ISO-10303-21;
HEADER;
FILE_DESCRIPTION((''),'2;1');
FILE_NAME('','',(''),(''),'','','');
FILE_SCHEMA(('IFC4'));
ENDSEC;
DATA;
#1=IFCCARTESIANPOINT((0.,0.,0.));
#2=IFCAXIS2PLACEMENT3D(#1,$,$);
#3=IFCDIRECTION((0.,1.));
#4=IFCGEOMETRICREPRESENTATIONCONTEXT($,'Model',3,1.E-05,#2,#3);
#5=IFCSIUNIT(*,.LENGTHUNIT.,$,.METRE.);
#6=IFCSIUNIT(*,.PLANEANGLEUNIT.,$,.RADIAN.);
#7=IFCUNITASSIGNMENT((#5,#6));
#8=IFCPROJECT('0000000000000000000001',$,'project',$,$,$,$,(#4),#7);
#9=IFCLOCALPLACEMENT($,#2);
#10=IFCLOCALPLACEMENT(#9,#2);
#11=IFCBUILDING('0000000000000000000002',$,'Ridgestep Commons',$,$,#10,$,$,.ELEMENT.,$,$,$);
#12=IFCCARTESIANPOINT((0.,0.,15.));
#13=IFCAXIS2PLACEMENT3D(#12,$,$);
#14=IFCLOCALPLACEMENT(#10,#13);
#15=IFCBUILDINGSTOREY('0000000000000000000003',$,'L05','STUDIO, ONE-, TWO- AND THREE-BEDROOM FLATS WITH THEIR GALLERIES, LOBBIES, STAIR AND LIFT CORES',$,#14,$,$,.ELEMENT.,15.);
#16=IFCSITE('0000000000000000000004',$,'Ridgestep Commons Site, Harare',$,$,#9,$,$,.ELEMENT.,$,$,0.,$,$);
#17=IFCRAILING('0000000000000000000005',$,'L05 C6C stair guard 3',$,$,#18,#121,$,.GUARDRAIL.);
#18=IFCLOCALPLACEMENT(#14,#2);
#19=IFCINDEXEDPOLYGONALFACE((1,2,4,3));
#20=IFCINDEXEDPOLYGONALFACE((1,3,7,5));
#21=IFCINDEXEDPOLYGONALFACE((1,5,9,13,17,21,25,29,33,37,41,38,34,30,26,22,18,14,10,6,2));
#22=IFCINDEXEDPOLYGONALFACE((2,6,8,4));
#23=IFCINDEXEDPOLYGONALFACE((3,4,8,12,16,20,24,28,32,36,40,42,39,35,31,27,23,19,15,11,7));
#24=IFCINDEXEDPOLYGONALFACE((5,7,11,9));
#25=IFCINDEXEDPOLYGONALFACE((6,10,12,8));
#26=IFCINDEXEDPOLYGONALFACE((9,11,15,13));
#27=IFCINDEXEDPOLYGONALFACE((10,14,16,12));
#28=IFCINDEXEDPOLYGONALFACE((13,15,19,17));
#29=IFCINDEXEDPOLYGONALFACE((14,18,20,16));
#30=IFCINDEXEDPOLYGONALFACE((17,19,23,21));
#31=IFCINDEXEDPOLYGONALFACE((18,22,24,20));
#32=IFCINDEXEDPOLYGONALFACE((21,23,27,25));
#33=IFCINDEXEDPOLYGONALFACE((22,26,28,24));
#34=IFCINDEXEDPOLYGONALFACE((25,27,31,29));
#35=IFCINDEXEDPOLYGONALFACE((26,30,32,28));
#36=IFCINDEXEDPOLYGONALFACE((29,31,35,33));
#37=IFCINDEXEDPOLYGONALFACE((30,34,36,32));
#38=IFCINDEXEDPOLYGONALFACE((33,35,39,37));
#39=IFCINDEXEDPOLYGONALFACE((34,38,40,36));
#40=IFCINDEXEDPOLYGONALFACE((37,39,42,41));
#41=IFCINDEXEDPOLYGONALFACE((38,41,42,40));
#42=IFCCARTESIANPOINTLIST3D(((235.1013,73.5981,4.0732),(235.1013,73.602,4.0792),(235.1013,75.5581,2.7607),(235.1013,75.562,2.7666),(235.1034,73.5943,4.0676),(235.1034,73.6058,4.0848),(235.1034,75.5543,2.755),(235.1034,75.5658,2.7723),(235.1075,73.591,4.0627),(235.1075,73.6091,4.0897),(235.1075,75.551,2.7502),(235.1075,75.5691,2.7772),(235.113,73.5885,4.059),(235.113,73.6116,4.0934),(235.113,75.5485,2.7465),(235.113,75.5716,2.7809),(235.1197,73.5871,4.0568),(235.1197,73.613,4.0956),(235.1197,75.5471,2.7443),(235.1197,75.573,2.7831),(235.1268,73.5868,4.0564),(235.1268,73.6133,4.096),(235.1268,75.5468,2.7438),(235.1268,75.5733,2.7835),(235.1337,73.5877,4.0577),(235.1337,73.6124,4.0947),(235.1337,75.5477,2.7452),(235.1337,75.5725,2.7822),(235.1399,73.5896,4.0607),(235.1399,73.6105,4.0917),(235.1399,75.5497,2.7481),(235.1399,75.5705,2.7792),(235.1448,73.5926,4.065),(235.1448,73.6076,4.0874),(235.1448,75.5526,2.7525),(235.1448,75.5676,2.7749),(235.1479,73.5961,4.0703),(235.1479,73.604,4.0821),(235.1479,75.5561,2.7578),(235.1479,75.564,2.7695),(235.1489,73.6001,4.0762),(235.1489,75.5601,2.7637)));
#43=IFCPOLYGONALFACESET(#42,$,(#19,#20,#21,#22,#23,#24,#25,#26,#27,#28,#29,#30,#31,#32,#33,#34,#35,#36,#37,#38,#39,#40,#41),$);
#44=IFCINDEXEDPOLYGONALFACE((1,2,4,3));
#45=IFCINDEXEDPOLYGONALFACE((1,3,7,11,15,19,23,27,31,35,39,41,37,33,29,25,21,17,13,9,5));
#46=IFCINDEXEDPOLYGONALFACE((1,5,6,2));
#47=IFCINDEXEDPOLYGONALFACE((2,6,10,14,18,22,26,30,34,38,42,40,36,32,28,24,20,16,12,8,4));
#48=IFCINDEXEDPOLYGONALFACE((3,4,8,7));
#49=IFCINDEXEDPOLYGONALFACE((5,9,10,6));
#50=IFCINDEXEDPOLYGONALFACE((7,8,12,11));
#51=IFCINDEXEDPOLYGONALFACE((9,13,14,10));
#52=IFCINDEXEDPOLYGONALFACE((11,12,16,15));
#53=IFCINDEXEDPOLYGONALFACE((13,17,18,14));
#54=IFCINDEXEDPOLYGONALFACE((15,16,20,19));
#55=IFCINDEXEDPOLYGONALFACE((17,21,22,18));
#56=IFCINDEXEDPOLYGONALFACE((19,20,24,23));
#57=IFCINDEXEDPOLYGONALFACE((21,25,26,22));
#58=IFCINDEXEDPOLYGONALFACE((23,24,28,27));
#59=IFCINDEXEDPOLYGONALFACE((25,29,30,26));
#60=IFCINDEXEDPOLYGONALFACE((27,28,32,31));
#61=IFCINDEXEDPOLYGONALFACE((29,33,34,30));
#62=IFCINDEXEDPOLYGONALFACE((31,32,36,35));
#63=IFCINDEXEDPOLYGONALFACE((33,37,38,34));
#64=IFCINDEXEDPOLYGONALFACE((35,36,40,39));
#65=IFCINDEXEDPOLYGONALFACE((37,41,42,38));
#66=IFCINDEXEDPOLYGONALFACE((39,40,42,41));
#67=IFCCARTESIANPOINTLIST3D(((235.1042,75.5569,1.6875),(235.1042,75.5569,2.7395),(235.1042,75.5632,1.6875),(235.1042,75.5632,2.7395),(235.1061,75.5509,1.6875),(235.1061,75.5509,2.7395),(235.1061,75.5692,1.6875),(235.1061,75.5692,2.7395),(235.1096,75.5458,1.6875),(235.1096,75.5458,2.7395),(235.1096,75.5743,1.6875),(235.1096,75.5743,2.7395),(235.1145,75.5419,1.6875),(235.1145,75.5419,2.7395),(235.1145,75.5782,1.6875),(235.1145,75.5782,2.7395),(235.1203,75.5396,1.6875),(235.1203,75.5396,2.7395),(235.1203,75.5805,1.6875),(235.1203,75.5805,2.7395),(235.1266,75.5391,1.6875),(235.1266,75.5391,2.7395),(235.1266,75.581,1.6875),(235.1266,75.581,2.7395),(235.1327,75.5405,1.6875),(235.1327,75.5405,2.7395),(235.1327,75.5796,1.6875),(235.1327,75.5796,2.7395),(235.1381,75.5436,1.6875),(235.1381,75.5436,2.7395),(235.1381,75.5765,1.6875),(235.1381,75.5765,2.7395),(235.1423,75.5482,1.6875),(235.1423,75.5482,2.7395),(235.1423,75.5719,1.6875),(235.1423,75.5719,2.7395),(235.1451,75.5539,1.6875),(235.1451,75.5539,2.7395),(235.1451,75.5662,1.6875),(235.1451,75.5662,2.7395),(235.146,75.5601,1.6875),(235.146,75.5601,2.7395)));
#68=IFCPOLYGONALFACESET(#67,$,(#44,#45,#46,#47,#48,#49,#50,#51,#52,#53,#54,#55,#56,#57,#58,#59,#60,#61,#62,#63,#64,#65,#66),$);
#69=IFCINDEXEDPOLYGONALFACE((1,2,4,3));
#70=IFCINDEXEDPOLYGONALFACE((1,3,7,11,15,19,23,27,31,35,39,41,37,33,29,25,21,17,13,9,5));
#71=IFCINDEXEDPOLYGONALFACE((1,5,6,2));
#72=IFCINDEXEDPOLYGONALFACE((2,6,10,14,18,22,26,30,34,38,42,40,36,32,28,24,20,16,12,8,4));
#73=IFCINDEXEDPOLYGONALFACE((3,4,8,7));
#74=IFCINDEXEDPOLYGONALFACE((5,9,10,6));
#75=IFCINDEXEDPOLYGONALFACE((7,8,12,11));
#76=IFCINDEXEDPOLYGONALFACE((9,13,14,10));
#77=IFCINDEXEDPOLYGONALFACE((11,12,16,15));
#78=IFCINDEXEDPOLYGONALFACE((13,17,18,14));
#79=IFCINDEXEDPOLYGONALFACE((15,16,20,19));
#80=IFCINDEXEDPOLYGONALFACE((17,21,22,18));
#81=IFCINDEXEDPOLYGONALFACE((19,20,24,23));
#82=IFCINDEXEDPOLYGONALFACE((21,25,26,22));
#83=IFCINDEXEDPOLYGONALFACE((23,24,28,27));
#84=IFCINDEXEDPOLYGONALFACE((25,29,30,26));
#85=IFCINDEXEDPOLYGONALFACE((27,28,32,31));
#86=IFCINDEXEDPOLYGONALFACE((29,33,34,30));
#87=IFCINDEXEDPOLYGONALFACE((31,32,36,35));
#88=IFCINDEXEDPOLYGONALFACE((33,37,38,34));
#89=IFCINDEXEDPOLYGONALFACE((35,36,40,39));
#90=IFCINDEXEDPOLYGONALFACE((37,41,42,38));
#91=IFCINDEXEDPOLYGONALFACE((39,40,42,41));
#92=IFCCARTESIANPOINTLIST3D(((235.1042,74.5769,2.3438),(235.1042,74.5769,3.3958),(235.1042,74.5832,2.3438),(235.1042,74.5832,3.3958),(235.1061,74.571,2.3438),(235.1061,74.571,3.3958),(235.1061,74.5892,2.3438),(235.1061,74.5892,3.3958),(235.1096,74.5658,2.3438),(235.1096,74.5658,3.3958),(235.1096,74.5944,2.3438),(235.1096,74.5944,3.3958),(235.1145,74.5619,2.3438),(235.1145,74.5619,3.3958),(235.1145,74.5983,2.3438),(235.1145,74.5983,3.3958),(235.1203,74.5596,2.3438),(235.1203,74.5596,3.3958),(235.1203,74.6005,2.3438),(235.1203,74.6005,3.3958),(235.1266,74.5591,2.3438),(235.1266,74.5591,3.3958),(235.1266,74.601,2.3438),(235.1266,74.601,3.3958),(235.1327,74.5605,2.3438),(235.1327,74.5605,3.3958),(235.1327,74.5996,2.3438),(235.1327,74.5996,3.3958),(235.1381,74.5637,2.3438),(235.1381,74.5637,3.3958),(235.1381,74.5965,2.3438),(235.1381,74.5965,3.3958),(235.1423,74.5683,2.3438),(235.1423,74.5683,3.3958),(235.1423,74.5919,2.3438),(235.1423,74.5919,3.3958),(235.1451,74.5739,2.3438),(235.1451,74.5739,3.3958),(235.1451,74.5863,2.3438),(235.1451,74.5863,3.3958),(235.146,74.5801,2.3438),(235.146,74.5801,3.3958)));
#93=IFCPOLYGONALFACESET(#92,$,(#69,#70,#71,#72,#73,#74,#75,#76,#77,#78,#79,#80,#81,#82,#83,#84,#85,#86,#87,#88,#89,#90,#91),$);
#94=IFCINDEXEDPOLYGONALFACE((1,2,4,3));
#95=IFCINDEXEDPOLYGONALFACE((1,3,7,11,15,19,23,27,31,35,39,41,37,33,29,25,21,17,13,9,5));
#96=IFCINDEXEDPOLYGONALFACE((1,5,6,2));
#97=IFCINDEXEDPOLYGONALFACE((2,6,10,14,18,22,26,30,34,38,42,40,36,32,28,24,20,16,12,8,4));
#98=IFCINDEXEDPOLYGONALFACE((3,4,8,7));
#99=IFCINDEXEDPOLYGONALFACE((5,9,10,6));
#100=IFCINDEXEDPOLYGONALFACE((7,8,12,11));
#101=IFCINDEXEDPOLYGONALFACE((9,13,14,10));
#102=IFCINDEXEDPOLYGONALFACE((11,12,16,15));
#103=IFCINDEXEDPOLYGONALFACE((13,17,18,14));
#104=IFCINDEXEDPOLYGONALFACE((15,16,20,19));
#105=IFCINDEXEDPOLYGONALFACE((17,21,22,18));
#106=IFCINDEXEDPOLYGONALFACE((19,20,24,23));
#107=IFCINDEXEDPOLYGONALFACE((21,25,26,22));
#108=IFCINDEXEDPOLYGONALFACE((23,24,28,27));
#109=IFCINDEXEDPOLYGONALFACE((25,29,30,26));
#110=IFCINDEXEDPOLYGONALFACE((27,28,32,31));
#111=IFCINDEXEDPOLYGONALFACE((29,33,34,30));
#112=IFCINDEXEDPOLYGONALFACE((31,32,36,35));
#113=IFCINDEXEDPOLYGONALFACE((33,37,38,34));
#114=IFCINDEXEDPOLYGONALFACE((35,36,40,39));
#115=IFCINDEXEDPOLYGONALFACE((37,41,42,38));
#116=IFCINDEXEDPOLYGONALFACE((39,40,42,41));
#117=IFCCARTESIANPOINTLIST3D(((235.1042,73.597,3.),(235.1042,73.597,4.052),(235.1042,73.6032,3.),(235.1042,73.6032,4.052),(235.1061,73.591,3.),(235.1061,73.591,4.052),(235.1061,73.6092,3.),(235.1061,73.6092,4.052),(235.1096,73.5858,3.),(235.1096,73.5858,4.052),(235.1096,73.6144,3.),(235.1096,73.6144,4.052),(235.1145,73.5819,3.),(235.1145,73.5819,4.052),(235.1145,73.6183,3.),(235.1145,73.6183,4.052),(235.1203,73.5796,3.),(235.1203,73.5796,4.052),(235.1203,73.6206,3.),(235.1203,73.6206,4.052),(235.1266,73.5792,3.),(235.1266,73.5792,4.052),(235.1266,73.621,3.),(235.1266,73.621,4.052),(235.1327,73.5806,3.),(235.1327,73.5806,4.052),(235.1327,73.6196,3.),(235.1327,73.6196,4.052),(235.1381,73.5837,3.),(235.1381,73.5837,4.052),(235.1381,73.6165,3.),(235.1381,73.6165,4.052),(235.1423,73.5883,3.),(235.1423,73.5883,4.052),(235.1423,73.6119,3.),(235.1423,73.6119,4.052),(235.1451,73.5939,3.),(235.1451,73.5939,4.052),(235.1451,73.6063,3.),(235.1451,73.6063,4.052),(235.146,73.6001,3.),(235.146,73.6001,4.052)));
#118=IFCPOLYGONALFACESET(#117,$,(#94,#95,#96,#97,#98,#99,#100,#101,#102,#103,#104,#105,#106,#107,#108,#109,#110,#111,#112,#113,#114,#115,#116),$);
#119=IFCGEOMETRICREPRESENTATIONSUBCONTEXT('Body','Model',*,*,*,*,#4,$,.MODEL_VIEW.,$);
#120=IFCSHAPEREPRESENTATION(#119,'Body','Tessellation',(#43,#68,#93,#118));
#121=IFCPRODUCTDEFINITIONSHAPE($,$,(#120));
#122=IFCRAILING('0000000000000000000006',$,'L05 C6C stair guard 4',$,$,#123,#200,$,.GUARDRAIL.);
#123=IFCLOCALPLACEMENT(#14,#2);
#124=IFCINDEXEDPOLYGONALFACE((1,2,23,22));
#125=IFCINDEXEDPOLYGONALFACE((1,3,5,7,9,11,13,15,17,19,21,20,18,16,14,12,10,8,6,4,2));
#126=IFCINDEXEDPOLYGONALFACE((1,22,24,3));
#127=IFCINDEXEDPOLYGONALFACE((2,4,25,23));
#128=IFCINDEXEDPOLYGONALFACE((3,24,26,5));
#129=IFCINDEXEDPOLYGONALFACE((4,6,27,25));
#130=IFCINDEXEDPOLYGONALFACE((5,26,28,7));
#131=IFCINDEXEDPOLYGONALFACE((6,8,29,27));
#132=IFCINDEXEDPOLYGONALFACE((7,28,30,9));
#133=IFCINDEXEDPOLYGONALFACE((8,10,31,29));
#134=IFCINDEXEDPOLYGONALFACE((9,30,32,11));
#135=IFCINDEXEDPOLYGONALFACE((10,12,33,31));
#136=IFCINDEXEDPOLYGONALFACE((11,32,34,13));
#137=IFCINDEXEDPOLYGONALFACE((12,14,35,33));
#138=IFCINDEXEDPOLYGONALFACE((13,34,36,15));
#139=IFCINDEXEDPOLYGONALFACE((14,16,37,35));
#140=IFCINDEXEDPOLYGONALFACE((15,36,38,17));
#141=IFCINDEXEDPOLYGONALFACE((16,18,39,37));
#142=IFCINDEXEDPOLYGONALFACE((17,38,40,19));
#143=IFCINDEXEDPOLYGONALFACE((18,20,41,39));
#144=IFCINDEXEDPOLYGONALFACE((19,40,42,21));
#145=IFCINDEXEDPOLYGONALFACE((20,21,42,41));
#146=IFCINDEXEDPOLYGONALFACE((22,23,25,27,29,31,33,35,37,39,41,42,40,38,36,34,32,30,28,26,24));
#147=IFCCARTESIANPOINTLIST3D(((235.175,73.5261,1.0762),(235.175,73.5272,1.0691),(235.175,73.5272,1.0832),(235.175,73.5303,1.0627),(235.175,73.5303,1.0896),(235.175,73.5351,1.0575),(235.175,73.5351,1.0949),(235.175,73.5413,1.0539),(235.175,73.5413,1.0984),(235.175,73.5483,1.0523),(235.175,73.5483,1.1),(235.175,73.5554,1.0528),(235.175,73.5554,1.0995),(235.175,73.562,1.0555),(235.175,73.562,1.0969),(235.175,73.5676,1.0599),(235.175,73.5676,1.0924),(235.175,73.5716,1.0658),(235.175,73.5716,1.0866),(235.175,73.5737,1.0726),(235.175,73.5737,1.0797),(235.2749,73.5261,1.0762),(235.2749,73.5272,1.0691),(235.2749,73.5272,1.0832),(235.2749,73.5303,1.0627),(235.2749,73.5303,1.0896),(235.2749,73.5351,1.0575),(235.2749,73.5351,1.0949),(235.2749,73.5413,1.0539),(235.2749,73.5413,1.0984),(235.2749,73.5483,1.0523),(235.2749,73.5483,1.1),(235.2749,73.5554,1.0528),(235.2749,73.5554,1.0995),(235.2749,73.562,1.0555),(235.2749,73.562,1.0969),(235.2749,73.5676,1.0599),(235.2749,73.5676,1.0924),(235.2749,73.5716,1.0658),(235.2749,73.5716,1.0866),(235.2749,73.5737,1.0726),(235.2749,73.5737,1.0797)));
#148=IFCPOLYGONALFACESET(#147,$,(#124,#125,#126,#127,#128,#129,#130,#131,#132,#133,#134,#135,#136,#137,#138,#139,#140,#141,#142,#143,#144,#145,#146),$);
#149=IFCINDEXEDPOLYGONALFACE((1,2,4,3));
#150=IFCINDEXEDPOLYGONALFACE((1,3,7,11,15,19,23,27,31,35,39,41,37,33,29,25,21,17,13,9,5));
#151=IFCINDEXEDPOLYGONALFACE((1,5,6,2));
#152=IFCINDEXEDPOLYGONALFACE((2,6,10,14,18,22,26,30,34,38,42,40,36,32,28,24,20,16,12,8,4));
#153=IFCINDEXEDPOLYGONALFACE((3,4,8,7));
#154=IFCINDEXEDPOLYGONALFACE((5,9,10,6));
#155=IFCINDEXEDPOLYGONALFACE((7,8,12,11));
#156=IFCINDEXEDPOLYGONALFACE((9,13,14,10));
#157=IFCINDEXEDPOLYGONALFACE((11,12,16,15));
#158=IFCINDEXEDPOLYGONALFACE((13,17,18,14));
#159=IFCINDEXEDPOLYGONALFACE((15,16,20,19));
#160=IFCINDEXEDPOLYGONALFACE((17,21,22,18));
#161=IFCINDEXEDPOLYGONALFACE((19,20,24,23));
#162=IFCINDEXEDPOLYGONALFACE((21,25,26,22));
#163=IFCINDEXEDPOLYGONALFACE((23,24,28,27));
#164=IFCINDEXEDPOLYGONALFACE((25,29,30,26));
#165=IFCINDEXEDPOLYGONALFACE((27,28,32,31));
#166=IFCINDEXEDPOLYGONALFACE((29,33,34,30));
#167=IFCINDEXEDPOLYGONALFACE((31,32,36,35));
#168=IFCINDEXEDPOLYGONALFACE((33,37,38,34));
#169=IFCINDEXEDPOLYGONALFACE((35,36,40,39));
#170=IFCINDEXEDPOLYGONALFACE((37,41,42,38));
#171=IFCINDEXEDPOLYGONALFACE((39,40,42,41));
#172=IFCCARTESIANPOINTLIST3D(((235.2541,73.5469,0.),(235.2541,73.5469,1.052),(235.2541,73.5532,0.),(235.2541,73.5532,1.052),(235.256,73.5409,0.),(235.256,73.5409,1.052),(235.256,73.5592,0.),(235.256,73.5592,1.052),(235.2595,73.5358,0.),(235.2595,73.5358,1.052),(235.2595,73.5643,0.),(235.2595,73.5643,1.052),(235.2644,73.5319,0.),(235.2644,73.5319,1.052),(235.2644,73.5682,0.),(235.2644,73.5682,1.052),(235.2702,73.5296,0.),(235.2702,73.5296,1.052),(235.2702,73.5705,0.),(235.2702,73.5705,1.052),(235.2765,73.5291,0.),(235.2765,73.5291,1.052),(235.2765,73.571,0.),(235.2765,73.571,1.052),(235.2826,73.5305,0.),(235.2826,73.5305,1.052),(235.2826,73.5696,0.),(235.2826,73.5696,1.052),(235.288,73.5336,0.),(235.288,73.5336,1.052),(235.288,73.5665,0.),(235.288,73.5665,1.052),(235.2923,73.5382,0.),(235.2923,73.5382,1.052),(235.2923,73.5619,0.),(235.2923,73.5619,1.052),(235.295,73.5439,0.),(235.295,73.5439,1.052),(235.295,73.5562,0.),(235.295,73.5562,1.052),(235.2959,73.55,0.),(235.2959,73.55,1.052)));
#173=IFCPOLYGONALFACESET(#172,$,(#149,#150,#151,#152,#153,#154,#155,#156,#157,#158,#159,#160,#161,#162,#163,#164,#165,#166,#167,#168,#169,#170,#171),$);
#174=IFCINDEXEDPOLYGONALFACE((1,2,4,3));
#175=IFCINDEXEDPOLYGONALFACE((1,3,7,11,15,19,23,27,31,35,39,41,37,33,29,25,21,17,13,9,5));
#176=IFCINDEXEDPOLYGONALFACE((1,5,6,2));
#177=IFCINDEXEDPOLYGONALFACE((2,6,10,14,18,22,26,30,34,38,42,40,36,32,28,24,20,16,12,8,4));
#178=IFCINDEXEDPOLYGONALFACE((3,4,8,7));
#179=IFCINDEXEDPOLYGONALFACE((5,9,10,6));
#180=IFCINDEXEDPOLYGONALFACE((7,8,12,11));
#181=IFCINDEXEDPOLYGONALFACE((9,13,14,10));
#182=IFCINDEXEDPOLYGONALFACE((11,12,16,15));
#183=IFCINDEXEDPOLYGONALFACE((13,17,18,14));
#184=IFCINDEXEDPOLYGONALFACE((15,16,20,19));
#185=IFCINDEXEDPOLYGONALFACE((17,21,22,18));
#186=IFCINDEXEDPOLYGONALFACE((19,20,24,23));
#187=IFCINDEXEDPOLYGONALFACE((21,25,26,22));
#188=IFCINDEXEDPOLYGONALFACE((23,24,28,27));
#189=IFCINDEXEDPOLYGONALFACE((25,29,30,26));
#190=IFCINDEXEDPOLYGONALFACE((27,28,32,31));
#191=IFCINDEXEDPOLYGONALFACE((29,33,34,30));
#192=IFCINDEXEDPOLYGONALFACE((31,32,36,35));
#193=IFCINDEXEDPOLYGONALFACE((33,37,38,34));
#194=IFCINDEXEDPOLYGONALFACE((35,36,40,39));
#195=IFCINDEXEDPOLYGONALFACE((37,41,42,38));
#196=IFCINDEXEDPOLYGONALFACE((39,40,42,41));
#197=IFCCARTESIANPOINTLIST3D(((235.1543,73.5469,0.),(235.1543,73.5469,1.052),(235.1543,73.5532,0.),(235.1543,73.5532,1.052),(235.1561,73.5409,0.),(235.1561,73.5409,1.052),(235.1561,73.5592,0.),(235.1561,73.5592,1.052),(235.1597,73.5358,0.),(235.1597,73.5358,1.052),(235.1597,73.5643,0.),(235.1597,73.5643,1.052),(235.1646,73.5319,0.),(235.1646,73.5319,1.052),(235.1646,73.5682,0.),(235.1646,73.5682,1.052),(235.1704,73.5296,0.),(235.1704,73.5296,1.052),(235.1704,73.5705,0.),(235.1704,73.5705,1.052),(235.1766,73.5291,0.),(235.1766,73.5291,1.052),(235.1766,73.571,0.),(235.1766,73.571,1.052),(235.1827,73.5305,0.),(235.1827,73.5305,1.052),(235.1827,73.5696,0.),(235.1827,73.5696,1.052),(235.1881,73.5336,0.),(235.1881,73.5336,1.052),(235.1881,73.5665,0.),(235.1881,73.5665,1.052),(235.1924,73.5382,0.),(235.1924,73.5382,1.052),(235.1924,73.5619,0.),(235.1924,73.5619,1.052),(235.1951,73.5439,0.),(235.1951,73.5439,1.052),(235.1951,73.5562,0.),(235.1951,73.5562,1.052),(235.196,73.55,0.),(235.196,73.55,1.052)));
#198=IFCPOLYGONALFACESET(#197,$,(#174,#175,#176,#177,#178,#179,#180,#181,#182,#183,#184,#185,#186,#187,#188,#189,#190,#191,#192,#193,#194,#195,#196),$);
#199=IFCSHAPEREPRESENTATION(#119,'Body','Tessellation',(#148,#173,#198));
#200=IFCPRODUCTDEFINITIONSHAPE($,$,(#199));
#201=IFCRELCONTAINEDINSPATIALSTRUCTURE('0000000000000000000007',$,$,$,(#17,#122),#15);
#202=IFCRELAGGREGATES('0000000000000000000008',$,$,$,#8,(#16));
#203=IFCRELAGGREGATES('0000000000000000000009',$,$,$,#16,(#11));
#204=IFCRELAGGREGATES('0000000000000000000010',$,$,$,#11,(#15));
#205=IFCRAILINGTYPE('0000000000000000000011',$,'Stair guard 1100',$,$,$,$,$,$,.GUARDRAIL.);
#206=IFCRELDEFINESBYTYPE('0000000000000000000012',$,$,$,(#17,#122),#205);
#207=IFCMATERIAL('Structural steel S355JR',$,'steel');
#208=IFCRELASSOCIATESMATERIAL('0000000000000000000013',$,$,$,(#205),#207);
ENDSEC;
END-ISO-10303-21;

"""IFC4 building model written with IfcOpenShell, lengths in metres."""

from ifc_helpers import new_model, si_unit, direction, frame, origin, origin_2d, place, context, subcontext, project, spatial, circle, extrude, material, type_object, element, save


model = new_model("IFC4")

# Units and contexts
model_context = context("Model", 3, precision=1e-05, world=origin(), true_north=direction((0.0, 1.0)))
body_context = subcontext(model_context, "Body", "Model", "MODEL_VIEW")
ifc_project = project(units=[si_unit("LENGTHUNIT", "METRE"), si_unit("PLANEANGLEUNIT", "RADIAN")], contexts=[model_context])

# Site, building, storey
site_placement = place(None, origin())
site = spatial("IfcSite", under=ifc_project, at=site_placement, Name="Ridgestep Commons Site, Harare", CompositionType="ELEMENT", RefElevation=0.0)
building_placement = place(site_placement, origin())
building = spatial("IfcBuilding", under=site, at=building_placement, Name="Ridgestep Commons", CompositionType="ELEMENT")
storey_placement = place(building_placement, frame((0.0, 0.0, 15.0)))
storey = spatial("IfcBuildingStorey", under=building, at=storey_placement, Name="L05", Description="STUDIO, ONE-, TWO- AND THREE-BEDROOM FLATS WITH THEIR GALLERIES, LOBBIES, STAIR AND LIFT CORES", CompositionType="ELEMENT", Elevation=15.0)

# Railings
ifc_material_1 = material(Name="Structural steel S355JR", Category="steel")
railing_type_1 = type_object("IfcRailingType", Name="Stair guard 1100", PredefinedType="GUARDRAIL", material=ifc_material_1)
railing_1_placement = place(storey_placement, frame((235.125, 75.5601, 1.6875)))
element("IfcRailing", 1, at=railing_1_placement, inside=storey, type_object=railing_type_1, Name="L05 C6C stair guard 3", PredefinedType="GUARDRAIL", context=body_context, shape_type="SweptSolid", body=[
    extrude(circle(Radius=0.0239, at=origin_2d()), frame((0.0, 0.0, 1.0762), z_axis=(0.0, -0.830902, 0.556419), x_axis=(1.0, 0.0, 0.0)), (0.0, 0.0, 1.0), 2.3589),
    extrude(circle(Radius=0.021, at=origin_2d()), origin(), (0.0, 0.0, 1.0), 1.052),
    extrude(circle(Radius=0.021, at=origin_2d()), frame((0.0, -0.98, 0.6562)), (0.0, 0.0, 1.0), 1.052),
    extrude(circle(Radius=0.021, at=origin_2d()), frame((0.0, -1.96, 1.3125)), (0.0, 0.0, 1.0), 1.052),
])
railing_2_placement = place(storey_placement, frame((235.2749, 73.55, 0.0)))
element("IfcRailing", 2, at=railing_2_placement, inside=storey, type_object=railing_type_1, Name="L05 C6C stair guard 4", PredefinedType="GUARDRAIL", context=body_context, shape_type="SweptSolid", body=[
    extrude(circle(Radius=0.0239, at=origin_2d()), frame((0.0, 0.0, 1.0762), z_axis=(-1.0, 0.0, 0.0), x_axis=(0.0, -1.0, 0.0)), (0.0, 0.0, 1.0), 0.0999),
    extrude(circle(Radius=0.021, at=origin_2d()), origin(), (0.0, 0.0, 1.0), 1.052),
    extrude(circle(Radius=0.021, at=origin_2d()), frame((-0.0999, 0.0, 0.0)), (0.0, 0.0, 1.0), 1.052),
])

save(model, "model.ifc")
